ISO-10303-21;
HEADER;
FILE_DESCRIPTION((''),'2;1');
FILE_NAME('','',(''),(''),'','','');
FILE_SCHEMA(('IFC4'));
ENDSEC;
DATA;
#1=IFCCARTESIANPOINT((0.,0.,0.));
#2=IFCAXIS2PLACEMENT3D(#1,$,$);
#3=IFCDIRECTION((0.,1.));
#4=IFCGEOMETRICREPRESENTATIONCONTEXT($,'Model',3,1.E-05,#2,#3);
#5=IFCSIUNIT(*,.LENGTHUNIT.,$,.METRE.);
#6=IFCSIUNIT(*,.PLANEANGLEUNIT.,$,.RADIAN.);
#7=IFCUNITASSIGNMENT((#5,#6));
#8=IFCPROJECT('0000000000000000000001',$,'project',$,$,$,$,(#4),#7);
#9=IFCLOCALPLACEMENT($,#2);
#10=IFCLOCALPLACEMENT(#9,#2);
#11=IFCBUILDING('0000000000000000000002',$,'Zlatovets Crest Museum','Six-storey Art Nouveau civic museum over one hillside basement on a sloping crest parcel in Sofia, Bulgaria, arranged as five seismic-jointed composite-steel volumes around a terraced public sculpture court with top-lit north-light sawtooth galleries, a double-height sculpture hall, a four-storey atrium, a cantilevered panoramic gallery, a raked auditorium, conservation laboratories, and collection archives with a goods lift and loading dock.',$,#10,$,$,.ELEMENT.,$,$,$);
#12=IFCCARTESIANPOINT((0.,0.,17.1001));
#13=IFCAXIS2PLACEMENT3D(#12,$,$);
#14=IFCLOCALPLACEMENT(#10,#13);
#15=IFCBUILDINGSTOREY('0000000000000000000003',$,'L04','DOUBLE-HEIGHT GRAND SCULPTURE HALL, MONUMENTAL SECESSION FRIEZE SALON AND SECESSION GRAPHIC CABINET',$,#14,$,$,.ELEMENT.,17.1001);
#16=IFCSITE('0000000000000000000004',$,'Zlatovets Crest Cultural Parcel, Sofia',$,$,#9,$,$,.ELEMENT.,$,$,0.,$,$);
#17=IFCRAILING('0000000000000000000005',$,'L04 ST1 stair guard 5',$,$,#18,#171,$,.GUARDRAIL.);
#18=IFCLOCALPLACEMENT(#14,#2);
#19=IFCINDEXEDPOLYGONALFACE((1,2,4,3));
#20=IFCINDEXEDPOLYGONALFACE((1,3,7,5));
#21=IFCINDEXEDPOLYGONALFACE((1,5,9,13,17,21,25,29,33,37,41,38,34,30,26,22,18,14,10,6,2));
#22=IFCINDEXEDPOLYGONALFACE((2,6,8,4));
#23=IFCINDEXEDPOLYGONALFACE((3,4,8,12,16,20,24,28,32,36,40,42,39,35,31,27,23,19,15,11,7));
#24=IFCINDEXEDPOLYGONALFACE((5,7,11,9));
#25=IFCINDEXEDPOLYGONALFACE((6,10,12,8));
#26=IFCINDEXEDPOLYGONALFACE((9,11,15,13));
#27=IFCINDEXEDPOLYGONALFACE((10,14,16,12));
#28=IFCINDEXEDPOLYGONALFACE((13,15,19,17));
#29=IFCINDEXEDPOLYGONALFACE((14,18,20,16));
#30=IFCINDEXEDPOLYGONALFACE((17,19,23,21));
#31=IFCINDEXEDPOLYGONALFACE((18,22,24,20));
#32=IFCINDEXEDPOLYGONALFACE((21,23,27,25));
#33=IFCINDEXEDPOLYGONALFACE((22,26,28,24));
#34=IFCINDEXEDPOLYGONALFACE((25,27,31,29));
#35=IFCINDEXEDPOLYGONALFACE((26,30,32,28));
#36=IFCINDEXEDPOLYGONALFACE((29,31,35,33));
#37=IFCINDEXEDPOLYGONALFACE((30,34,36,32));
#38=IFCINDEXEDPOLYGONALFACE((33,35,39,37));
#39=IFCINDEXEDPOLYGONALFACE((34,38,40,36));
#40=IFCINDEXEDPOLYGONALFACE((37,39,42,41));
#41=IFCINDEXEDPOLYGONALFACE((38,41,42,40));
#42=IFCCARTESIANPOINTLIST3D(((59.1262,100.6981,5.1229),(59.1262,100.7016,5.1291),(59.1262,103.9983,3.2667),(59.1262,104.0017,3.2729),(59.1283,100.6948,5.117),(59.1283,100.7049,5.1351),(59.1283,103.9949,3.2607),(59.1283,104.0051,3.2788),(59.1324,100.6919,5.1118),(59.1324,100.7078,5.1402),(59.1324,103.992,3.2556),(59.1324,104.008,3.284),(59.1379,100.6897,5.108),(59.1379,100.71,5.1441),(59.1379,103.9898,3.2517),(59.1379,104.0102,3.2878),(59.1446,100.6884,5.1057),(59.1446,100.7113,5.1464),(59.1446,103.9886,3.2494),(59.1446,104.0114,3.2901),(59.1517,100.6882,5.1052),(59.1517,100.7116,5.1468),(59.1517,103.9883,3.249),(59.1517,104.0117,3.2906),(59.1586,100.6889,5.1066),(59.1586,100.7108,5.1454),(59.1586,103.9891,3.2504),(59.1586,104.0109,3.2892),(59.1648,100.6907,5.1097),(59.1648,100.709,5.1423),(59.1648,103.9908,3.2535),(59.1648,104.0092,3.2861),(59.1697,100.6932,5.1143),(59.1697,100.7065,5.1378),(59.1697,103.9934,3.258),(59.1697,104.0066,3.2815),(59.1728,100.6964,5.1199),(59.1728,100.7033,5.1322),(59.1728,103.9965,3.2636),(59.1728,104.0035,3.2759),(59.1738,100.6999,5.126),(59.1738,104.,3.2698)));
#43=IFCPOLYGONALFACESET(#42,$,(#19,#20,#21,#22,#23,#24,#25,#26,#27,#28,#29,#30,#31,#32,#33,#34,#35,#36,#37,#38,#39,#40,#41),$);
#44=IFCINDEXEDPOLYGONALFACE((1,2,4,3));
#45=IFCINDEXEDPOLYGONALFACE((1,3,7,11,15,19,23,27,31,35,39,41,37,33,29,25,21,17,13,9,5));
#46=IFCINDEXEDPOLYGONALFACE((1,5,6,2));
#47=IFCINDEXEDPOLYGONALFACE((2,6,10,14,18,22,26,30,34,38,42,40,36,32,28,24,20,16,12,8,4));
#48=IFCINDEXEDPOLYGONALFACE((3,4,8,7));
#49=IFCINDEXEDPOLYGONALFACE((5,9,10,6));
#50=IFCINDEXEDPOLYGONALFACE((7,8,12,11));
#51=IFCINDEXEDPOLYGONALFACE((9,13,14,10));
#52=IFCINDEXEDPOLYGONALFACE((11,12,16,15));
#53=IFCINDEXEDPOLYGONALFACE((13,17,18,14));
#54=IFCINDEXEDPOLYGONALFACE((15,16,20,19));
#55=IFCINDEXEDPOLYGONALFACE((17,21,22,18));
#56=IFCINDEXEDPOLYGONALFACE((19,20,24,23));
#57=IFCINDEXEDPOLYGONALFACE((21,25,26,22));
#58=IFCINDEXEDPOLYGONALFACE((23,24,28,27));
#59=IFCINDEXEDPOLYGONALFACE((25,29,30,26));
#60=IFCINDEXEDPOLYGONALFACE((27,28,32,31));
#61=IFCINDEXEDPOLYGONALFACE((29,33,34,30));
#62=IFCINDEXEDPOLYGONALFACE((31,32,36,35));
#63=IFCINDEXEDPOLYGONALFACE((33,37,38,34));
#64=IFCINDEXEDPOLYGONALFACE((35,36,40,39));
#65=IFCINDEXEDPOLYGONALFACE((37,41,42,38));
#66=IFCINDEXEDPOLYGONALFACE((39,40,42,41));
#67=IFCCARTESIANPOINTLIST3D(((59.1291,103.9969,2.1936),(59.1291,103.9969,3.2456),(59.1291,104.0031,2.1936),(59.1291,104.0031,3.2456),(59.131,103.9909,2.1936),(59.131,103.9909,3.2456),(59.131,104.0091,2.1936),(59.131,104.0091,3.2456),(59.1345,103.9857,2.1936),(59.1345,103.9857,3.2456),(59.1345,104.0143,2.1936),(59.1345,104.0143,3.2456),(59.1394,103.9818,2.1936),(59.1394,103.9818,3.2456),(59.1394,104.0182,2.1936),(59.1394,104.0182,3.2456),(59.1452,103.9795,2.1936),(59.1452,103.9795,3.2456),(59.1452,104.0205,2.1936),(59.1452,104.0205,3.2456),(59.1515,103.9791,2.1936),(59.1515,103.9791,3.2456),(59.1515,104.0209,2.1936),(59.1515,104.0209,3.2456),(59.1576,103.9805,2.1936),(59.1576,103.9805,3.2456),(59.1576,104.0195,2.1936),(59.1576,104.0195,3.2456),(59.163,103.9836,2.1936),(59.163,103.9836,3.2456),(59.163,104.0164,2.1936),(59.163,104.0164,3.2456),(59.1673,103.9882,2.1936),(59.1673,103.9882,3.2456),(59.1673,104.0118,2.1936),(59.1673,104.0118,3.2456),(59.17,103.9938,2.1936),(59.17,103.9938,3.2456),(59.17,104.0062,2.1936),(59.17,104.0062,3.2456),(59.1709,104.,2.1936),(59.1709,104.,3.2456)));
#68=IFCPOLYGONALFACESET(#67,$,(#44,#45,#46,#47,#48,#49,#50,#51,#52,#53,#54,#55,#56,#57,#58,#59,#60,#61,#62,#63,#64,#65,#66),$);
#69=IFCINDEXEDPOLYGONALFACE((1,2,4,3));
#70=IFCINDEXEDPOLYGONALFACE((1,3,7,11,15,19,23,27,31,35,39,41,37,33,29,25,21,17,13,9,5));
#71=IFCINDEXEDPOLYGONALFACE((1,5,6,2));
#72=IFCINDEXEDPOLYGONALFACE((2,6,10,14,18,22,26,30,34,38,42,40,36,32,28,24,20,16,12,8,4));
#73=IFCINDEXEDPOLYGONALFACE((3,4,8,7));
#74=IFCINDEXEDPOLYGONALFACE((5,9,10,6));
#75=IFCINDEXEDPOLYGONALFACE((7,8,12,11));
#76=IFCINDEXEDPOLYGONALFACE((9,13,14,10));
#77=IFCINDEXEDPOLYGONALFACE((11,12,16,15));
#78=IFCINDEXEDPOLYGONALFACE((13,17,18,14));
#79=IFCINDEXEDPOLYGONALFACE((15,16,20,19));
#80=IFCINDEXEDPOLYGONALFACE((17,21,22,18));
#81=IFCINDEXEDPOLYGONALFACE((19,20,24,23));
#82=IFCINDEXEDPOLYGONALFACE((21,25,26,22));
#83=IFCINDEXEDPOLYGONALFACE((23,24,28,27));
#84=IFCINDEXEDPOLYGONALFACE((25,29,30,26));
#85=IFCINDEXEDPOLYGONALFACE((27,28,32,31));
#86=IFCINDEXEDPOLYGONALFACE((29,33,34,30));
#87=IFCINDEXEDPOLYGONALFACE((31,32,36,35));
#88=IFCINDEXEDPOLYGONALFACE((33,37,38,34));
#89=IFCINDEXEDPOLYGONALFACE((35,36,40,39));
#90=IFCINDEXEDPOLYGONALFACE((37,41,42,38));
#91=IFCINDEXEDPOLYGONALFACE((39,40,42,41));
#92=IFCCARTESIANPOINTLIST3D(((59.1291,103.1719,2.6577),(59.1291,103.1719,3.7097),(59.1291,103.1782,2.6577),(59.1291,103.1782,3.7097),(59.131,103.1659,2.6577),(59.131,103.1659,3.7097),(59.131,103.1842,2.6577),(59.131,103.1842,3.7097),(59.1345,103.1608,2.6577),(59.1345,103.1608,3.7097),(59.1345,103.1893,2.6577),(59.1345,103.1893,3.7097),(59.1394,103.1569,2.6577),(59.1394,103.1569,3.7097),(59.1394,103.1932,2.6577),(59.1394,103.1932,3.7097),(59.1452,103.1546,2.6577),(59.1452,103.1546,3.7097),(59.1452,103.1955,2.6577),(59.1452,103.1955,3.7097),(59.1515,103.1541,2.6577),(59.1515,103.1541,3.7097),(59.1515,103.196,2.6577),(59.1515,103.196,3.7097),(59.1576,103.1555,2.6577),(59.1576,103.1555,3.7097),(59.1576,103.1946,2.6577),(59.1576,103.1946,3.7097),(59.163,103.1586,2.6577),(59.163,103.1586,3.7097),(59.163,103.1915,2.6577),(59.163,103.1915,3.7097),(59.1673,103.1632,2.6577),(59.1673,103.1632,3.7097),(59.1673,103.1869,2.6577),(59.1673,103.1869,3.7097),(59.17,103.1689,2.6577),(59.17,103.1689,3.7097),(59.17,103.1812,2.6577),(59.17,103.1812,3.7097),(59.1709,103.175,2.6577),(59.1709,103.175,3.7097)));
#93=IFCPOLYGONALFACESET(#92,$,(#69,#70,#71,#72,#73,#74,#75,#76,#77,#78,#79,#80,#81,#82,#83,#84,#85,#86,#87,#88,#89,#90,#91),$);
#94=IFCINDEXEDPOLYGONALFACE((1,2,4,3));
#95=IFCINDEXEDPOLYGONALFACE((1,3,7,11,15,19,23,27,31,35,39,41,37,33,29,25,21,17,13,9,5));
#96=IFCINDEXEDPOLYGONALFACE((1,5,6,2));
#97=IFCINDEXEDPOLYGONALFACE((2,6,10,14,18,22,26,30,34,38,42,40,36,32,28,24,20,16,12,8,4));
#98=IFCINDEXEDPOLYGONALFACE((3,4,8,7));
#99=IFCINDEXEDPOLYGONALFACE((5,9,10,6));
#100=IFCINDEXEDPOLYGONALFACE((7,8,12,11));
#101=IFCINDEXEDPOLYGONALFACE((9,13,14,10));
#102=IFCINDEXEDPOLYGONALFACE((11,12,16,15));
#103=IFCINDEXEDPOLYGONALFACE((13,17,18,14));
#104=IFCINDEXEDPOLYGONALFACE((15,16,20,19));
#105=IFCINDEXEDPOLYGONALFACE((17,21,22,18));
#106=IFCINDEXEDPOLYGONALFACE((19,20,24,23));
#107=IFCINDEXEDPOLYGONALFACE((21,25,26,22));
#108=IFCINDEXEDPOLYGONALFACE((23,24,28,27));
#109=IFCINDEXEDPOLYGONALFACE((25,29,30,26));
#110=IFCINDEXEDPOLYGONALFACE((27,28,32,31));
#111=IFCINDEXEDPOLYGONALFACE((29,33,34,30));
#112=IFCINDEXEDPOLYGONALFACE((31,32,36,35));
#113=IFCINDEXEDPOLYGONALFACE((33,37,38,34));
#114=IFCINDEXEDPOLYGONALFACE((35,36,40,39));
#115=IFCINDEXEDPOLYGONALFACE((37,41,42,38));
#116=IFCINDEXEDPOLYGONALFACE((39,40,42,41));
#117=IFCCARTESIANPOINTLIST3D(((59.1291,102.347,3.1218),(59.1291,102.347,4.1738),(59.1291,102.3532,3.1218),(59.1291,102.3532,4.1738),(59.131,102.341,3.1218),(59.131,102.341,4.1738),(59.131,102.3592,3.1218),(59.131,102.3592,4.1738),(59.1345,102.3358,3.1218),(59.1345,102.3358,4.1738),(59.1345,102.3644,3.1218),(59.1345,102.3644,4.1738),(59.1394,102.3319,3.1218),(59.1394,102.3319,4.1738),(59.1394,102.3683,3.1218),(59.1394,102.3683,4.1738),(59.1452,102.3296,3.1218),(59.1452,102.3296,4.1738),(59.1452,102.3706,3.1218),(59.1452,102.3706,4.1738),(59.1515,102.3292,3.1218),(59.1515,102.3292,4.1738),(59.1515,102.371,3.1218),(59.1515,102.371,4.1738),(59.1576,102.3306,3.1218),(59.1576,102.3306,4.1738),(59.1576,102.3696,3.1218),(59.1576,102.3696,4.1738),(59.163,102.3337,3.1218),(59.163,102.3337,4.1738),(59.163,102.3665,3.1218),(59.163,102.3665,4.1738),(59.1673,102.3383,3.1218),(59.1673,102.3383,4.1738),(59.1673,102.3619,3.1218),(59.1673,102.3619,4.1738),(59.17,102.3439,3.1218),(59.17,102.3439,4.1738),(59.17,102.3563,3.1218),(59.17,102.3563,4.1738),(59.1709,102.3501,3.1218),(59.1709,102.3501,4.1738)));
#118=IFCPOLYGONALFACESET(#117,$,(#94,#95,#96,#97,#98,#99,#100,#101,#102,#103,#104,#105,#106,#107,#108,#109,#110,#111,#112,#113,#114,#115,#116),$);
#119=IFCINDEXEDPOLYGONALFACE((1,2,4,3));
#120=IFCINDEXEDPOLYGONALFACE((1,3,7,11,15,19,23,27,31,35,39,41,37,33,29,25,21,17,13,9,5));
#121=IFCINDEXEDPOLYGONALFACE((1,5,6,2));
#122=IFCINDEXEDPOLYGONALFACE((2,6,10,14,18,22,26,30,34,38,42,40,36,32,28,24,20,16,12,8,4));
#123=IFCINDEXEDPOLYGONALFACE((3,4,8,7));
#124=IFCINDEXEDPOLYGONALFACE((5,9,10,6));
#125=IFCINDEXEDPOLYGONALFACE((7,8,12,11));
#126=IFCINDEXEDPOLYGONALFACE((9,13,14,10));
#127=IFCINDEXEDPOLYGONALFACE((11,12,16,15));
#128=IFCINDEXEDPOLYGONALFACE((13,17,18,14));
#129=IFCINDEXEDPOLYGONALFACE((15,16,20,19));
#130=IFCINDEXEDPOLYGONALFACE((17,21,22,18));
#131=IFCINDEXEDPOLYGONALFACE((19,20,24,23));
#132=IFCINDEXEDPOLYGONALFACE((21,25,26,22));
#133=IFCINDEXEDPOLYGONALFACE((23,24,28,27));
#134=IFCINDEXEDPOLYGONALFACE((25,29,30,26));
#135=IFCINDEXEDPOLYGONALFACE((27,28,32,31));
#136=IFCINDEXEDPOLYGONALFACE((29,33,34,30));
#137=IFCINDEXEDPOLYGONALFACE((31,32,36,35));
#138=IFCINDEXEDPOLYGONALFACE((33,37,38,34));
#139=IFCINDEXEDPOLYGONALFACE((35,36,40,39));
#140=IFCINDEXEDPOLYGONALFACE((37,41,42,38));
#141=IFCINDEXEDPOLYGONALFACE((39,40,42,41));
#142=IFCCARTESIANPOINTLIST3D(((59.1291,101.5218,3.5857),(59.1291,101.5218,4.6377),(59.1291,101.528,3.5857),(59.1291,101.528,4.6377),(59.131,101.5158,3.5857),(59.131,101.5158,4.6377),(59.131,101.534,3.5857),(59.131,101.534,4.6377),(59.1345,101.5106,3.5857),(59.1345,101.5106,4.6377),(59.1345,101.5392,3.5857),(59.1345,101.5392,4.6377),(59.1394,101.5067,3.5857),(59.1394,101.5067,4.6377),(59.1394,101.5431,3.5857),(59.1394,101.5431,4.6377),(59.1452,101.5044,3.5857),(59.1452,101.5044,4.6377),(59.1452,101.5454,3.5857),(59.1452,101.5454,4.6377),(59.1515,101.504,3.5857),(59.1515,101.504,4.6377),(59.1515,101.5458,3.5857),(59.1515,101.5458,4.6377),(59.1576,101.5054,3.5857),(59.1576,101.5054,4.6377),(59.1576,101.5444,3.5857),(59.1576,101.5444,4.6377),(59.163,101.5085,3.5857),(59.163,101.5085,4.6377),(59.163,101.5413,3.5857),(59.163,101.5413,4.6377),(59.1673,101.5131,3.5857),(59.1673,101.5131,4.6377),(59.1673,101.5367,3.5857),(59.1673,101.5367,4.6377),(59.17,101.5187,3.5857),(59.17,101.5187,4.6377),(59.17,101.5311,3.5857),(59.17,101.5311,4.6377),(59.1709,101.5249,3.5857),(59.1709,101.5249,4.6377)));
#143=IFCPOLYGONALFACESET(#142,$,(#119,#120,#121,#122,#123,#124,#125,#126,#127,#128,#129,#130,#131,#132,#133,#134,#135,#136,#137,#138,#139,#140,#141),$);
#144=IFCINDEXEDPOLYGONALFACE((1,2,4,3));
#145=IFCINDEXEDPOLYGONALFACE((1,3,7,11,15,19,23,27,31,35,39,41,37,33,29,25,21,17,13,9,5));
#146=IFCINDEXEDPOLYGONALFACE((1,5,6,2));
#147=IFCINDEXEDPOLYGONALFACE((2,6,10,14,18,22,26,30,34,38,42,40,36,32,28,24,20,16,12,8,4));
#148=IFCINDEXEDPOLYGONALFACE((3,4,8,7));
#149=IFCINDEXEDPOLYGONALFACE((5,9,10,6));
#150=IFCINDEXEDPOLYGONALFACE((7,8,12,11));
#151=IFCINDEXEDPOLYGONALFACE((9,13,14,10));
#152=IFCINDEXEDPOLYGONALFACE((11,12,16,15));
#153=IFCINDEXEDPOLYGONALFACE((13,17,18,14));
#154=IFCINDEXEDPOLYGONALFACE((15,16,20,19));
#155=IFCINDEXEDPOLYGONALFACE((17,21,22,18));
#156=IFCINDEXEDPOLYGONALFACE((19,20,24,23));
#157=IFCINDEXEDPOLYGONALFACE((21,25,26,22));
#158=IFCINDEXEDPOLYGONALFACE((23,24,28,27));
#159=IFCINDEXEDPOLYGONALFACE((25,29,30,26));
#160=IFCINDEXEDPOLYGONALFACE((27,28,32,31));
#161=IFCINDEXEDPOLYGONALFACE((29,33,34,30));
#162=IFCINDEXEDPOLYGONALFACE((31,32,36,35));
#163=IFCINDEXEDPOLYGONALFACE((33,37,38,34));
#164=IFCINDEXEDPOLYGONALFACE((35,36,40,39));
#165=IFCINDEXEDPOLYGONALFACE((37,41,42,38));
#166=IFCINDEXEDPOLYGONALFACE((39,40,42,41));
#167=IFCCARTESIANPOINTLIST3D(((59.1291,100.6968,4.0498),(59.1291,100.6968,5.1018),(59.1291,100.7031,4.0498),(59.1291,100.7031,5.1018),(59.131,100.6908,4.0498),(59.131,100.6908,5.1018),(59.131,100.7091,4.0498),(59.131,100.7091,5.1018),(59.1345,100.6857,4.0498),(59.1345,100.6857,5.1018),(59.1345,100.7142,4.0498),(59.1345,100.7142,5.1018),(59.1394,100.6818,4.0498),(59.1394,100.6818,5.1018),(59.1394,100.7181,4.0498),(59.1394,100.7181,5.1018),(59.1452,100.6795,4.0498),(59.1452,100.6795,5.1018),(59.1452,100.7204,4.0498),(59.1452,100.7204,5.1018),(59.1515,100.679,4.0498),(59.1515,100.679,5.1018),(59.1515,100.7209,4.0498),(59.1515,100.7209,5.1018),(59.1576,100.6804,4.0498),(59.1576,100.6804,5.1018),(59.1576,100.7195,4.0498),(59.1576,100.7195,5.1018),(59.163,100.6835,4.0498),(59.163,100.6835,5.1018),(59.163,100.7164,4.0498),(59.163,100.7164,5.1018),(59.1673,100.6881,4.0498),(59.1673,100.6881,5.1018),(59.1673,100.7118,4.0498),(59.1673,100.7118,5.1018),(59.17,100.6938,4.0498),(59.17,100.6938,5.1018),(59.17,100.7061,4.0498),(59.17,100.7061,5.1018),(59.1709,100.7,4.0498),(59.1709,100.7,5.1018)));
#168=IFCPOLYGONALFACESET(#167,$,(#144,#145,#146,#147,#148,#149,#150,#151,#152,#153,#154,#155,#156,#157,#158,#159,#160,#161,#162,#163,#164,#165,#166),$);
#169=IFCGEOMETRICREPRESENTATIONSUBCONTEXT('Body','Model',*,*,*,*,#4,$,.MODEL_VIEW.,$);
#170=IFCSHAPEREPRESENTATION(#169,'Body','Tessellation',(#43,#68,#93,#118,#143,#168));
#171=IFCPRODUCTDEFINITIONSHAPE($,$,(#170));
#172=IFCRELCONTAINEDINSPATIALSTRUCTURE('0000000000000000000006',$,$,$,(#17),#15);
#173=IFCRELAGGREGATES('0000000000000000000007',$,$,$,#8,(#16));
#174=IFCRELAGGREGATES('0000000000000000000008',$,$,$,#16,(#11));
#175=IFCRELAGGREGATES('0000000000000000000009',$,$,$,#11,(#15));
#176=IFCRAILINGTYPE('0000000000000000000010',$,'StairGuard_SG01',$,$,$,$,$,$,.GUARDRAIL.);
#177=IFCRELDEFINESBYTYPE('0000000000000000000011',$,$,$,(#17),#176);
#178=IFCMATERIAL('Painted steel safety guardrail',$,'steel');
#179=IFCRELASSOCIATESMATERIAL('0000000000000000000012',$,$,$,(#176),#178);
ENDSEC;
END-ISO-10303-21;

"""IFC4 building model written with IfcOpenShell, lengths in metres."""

from ifc_helpers import new_model, si_unit, direction, frame, origin, origin_2d, place, context, subcontext, project, spatial, circle, extrude, material, type_object, element, save


model = new_model("IFC4")

# Units and contexts
model_context = context("Model", 3, precision=1e-05, world=origin(), true_north=direction((0.0, 1.0)))
body_context = subcontext(model_context, "Body", "Model", "MODEL_VIEW")
ifc_project = project(units=[si_unit("LENGTHUNIT", "METRE"), si_unit("PLANEANGLEUNIT", "RADIAN")], contexts=[model_context])

# Site, building, storey
site_placement = place(None, origin())
site = spatial("IfcSite", under=ifc_project, at=site_placement, Name="Zlatovets Crest Cultural Parcel, Sofia", CompositionType="ELEMENT", RefElevation=0.0)
building_placement = place(site_placement, origin())
building = spatial("IfcBuilding", under=site, at=building_placement, Name="Zlatovets Crest Museum", Description="Six-storey Art Nouveau civic museum over one hillside basement on a sloping crest parcel in Sofia, Bulgaria, arranged as five seismic-jointed composite-steel volumes around a terraced public sculpture court with top-lit north-light sawtooth galleries, a double-height sculpture hall, a four-storey atrium, a cantilevered panoramic gallery, a raked auditorium, conservation laboratories, and collection archives with a goods lift and loading dock.", CompositionType="ELEMENT")
storey_placement = place(building_placement, frame((0.0, 0.0, 17.1001)))
storey = spatial("IfcBuildingStorey", under=building, at=storey_placement, Name="L04", Description="DOUBLE-HEIGHT GRAND SCULPTURE HALL, MONUMENTAL SECESSION FRIEZE SALON AND SECESSION GRAPHIC CABINET", CompositionType="ELEMENT", Elevation=17.1001)

# Railing
ifc_material_1 = material(Name="Painted steel safety guardrail", Category="steel")
railing_type_1 = type_object("IfcRailingType", Name="StairGuard_SG01", PredefinedType="GUARDRAIL", material=ifc_material_1)
railing_1_placement = place(storey_placement, frame((59.1499, 104.0, 2.1936)))
element("IfcRailing", 1, at=railing_1_placement, inside=storey, type_object=railing_type_1, Name="L04 ST1 stair guard 5", PredefinedType="GUARDRAIL", context=body_context, shape_type="SweptSolid", body=[
    extrude(circle(Radius=0.0239, at=origin_2d()), frame((0.0, 0.0, 1.0762), z_axis=(0.0, -0.871584, 0.490246), x_axis=(1.0, 0.0, 0.0)), (0.0, 0.0, 1.0), 3.7864),
    extrude(circle(Radius=0.021, at=origin_2d()), origin(), (0.0, 0.0, 1.0), 1.052),
    extrude(circle(Radius=0.021, at=origin_2d()), frame((0.0, -0.825, 0.4641)), (0.0, 0.0, 1.0), 1.052),
    extrude(circle(Radius=0.021, at=origin_2d()), frame((0.0, -1.6499, 0.9282)), (0.0, 0.0, 1.0), 1.052),
    extrude(circle(Radius=0.021, at=origin_2d()), frame((0.0, -2.4751, 1.3921)), (0.0, 0.0, 1.0), 1.052),
    extrude(circle(Radius=0.021, at=origin_2d()), frame((0.0, -3.3, 1.8562)), (0.0, 0.0, 1.0), 1.052),
])

save(model, "model.ifc")
